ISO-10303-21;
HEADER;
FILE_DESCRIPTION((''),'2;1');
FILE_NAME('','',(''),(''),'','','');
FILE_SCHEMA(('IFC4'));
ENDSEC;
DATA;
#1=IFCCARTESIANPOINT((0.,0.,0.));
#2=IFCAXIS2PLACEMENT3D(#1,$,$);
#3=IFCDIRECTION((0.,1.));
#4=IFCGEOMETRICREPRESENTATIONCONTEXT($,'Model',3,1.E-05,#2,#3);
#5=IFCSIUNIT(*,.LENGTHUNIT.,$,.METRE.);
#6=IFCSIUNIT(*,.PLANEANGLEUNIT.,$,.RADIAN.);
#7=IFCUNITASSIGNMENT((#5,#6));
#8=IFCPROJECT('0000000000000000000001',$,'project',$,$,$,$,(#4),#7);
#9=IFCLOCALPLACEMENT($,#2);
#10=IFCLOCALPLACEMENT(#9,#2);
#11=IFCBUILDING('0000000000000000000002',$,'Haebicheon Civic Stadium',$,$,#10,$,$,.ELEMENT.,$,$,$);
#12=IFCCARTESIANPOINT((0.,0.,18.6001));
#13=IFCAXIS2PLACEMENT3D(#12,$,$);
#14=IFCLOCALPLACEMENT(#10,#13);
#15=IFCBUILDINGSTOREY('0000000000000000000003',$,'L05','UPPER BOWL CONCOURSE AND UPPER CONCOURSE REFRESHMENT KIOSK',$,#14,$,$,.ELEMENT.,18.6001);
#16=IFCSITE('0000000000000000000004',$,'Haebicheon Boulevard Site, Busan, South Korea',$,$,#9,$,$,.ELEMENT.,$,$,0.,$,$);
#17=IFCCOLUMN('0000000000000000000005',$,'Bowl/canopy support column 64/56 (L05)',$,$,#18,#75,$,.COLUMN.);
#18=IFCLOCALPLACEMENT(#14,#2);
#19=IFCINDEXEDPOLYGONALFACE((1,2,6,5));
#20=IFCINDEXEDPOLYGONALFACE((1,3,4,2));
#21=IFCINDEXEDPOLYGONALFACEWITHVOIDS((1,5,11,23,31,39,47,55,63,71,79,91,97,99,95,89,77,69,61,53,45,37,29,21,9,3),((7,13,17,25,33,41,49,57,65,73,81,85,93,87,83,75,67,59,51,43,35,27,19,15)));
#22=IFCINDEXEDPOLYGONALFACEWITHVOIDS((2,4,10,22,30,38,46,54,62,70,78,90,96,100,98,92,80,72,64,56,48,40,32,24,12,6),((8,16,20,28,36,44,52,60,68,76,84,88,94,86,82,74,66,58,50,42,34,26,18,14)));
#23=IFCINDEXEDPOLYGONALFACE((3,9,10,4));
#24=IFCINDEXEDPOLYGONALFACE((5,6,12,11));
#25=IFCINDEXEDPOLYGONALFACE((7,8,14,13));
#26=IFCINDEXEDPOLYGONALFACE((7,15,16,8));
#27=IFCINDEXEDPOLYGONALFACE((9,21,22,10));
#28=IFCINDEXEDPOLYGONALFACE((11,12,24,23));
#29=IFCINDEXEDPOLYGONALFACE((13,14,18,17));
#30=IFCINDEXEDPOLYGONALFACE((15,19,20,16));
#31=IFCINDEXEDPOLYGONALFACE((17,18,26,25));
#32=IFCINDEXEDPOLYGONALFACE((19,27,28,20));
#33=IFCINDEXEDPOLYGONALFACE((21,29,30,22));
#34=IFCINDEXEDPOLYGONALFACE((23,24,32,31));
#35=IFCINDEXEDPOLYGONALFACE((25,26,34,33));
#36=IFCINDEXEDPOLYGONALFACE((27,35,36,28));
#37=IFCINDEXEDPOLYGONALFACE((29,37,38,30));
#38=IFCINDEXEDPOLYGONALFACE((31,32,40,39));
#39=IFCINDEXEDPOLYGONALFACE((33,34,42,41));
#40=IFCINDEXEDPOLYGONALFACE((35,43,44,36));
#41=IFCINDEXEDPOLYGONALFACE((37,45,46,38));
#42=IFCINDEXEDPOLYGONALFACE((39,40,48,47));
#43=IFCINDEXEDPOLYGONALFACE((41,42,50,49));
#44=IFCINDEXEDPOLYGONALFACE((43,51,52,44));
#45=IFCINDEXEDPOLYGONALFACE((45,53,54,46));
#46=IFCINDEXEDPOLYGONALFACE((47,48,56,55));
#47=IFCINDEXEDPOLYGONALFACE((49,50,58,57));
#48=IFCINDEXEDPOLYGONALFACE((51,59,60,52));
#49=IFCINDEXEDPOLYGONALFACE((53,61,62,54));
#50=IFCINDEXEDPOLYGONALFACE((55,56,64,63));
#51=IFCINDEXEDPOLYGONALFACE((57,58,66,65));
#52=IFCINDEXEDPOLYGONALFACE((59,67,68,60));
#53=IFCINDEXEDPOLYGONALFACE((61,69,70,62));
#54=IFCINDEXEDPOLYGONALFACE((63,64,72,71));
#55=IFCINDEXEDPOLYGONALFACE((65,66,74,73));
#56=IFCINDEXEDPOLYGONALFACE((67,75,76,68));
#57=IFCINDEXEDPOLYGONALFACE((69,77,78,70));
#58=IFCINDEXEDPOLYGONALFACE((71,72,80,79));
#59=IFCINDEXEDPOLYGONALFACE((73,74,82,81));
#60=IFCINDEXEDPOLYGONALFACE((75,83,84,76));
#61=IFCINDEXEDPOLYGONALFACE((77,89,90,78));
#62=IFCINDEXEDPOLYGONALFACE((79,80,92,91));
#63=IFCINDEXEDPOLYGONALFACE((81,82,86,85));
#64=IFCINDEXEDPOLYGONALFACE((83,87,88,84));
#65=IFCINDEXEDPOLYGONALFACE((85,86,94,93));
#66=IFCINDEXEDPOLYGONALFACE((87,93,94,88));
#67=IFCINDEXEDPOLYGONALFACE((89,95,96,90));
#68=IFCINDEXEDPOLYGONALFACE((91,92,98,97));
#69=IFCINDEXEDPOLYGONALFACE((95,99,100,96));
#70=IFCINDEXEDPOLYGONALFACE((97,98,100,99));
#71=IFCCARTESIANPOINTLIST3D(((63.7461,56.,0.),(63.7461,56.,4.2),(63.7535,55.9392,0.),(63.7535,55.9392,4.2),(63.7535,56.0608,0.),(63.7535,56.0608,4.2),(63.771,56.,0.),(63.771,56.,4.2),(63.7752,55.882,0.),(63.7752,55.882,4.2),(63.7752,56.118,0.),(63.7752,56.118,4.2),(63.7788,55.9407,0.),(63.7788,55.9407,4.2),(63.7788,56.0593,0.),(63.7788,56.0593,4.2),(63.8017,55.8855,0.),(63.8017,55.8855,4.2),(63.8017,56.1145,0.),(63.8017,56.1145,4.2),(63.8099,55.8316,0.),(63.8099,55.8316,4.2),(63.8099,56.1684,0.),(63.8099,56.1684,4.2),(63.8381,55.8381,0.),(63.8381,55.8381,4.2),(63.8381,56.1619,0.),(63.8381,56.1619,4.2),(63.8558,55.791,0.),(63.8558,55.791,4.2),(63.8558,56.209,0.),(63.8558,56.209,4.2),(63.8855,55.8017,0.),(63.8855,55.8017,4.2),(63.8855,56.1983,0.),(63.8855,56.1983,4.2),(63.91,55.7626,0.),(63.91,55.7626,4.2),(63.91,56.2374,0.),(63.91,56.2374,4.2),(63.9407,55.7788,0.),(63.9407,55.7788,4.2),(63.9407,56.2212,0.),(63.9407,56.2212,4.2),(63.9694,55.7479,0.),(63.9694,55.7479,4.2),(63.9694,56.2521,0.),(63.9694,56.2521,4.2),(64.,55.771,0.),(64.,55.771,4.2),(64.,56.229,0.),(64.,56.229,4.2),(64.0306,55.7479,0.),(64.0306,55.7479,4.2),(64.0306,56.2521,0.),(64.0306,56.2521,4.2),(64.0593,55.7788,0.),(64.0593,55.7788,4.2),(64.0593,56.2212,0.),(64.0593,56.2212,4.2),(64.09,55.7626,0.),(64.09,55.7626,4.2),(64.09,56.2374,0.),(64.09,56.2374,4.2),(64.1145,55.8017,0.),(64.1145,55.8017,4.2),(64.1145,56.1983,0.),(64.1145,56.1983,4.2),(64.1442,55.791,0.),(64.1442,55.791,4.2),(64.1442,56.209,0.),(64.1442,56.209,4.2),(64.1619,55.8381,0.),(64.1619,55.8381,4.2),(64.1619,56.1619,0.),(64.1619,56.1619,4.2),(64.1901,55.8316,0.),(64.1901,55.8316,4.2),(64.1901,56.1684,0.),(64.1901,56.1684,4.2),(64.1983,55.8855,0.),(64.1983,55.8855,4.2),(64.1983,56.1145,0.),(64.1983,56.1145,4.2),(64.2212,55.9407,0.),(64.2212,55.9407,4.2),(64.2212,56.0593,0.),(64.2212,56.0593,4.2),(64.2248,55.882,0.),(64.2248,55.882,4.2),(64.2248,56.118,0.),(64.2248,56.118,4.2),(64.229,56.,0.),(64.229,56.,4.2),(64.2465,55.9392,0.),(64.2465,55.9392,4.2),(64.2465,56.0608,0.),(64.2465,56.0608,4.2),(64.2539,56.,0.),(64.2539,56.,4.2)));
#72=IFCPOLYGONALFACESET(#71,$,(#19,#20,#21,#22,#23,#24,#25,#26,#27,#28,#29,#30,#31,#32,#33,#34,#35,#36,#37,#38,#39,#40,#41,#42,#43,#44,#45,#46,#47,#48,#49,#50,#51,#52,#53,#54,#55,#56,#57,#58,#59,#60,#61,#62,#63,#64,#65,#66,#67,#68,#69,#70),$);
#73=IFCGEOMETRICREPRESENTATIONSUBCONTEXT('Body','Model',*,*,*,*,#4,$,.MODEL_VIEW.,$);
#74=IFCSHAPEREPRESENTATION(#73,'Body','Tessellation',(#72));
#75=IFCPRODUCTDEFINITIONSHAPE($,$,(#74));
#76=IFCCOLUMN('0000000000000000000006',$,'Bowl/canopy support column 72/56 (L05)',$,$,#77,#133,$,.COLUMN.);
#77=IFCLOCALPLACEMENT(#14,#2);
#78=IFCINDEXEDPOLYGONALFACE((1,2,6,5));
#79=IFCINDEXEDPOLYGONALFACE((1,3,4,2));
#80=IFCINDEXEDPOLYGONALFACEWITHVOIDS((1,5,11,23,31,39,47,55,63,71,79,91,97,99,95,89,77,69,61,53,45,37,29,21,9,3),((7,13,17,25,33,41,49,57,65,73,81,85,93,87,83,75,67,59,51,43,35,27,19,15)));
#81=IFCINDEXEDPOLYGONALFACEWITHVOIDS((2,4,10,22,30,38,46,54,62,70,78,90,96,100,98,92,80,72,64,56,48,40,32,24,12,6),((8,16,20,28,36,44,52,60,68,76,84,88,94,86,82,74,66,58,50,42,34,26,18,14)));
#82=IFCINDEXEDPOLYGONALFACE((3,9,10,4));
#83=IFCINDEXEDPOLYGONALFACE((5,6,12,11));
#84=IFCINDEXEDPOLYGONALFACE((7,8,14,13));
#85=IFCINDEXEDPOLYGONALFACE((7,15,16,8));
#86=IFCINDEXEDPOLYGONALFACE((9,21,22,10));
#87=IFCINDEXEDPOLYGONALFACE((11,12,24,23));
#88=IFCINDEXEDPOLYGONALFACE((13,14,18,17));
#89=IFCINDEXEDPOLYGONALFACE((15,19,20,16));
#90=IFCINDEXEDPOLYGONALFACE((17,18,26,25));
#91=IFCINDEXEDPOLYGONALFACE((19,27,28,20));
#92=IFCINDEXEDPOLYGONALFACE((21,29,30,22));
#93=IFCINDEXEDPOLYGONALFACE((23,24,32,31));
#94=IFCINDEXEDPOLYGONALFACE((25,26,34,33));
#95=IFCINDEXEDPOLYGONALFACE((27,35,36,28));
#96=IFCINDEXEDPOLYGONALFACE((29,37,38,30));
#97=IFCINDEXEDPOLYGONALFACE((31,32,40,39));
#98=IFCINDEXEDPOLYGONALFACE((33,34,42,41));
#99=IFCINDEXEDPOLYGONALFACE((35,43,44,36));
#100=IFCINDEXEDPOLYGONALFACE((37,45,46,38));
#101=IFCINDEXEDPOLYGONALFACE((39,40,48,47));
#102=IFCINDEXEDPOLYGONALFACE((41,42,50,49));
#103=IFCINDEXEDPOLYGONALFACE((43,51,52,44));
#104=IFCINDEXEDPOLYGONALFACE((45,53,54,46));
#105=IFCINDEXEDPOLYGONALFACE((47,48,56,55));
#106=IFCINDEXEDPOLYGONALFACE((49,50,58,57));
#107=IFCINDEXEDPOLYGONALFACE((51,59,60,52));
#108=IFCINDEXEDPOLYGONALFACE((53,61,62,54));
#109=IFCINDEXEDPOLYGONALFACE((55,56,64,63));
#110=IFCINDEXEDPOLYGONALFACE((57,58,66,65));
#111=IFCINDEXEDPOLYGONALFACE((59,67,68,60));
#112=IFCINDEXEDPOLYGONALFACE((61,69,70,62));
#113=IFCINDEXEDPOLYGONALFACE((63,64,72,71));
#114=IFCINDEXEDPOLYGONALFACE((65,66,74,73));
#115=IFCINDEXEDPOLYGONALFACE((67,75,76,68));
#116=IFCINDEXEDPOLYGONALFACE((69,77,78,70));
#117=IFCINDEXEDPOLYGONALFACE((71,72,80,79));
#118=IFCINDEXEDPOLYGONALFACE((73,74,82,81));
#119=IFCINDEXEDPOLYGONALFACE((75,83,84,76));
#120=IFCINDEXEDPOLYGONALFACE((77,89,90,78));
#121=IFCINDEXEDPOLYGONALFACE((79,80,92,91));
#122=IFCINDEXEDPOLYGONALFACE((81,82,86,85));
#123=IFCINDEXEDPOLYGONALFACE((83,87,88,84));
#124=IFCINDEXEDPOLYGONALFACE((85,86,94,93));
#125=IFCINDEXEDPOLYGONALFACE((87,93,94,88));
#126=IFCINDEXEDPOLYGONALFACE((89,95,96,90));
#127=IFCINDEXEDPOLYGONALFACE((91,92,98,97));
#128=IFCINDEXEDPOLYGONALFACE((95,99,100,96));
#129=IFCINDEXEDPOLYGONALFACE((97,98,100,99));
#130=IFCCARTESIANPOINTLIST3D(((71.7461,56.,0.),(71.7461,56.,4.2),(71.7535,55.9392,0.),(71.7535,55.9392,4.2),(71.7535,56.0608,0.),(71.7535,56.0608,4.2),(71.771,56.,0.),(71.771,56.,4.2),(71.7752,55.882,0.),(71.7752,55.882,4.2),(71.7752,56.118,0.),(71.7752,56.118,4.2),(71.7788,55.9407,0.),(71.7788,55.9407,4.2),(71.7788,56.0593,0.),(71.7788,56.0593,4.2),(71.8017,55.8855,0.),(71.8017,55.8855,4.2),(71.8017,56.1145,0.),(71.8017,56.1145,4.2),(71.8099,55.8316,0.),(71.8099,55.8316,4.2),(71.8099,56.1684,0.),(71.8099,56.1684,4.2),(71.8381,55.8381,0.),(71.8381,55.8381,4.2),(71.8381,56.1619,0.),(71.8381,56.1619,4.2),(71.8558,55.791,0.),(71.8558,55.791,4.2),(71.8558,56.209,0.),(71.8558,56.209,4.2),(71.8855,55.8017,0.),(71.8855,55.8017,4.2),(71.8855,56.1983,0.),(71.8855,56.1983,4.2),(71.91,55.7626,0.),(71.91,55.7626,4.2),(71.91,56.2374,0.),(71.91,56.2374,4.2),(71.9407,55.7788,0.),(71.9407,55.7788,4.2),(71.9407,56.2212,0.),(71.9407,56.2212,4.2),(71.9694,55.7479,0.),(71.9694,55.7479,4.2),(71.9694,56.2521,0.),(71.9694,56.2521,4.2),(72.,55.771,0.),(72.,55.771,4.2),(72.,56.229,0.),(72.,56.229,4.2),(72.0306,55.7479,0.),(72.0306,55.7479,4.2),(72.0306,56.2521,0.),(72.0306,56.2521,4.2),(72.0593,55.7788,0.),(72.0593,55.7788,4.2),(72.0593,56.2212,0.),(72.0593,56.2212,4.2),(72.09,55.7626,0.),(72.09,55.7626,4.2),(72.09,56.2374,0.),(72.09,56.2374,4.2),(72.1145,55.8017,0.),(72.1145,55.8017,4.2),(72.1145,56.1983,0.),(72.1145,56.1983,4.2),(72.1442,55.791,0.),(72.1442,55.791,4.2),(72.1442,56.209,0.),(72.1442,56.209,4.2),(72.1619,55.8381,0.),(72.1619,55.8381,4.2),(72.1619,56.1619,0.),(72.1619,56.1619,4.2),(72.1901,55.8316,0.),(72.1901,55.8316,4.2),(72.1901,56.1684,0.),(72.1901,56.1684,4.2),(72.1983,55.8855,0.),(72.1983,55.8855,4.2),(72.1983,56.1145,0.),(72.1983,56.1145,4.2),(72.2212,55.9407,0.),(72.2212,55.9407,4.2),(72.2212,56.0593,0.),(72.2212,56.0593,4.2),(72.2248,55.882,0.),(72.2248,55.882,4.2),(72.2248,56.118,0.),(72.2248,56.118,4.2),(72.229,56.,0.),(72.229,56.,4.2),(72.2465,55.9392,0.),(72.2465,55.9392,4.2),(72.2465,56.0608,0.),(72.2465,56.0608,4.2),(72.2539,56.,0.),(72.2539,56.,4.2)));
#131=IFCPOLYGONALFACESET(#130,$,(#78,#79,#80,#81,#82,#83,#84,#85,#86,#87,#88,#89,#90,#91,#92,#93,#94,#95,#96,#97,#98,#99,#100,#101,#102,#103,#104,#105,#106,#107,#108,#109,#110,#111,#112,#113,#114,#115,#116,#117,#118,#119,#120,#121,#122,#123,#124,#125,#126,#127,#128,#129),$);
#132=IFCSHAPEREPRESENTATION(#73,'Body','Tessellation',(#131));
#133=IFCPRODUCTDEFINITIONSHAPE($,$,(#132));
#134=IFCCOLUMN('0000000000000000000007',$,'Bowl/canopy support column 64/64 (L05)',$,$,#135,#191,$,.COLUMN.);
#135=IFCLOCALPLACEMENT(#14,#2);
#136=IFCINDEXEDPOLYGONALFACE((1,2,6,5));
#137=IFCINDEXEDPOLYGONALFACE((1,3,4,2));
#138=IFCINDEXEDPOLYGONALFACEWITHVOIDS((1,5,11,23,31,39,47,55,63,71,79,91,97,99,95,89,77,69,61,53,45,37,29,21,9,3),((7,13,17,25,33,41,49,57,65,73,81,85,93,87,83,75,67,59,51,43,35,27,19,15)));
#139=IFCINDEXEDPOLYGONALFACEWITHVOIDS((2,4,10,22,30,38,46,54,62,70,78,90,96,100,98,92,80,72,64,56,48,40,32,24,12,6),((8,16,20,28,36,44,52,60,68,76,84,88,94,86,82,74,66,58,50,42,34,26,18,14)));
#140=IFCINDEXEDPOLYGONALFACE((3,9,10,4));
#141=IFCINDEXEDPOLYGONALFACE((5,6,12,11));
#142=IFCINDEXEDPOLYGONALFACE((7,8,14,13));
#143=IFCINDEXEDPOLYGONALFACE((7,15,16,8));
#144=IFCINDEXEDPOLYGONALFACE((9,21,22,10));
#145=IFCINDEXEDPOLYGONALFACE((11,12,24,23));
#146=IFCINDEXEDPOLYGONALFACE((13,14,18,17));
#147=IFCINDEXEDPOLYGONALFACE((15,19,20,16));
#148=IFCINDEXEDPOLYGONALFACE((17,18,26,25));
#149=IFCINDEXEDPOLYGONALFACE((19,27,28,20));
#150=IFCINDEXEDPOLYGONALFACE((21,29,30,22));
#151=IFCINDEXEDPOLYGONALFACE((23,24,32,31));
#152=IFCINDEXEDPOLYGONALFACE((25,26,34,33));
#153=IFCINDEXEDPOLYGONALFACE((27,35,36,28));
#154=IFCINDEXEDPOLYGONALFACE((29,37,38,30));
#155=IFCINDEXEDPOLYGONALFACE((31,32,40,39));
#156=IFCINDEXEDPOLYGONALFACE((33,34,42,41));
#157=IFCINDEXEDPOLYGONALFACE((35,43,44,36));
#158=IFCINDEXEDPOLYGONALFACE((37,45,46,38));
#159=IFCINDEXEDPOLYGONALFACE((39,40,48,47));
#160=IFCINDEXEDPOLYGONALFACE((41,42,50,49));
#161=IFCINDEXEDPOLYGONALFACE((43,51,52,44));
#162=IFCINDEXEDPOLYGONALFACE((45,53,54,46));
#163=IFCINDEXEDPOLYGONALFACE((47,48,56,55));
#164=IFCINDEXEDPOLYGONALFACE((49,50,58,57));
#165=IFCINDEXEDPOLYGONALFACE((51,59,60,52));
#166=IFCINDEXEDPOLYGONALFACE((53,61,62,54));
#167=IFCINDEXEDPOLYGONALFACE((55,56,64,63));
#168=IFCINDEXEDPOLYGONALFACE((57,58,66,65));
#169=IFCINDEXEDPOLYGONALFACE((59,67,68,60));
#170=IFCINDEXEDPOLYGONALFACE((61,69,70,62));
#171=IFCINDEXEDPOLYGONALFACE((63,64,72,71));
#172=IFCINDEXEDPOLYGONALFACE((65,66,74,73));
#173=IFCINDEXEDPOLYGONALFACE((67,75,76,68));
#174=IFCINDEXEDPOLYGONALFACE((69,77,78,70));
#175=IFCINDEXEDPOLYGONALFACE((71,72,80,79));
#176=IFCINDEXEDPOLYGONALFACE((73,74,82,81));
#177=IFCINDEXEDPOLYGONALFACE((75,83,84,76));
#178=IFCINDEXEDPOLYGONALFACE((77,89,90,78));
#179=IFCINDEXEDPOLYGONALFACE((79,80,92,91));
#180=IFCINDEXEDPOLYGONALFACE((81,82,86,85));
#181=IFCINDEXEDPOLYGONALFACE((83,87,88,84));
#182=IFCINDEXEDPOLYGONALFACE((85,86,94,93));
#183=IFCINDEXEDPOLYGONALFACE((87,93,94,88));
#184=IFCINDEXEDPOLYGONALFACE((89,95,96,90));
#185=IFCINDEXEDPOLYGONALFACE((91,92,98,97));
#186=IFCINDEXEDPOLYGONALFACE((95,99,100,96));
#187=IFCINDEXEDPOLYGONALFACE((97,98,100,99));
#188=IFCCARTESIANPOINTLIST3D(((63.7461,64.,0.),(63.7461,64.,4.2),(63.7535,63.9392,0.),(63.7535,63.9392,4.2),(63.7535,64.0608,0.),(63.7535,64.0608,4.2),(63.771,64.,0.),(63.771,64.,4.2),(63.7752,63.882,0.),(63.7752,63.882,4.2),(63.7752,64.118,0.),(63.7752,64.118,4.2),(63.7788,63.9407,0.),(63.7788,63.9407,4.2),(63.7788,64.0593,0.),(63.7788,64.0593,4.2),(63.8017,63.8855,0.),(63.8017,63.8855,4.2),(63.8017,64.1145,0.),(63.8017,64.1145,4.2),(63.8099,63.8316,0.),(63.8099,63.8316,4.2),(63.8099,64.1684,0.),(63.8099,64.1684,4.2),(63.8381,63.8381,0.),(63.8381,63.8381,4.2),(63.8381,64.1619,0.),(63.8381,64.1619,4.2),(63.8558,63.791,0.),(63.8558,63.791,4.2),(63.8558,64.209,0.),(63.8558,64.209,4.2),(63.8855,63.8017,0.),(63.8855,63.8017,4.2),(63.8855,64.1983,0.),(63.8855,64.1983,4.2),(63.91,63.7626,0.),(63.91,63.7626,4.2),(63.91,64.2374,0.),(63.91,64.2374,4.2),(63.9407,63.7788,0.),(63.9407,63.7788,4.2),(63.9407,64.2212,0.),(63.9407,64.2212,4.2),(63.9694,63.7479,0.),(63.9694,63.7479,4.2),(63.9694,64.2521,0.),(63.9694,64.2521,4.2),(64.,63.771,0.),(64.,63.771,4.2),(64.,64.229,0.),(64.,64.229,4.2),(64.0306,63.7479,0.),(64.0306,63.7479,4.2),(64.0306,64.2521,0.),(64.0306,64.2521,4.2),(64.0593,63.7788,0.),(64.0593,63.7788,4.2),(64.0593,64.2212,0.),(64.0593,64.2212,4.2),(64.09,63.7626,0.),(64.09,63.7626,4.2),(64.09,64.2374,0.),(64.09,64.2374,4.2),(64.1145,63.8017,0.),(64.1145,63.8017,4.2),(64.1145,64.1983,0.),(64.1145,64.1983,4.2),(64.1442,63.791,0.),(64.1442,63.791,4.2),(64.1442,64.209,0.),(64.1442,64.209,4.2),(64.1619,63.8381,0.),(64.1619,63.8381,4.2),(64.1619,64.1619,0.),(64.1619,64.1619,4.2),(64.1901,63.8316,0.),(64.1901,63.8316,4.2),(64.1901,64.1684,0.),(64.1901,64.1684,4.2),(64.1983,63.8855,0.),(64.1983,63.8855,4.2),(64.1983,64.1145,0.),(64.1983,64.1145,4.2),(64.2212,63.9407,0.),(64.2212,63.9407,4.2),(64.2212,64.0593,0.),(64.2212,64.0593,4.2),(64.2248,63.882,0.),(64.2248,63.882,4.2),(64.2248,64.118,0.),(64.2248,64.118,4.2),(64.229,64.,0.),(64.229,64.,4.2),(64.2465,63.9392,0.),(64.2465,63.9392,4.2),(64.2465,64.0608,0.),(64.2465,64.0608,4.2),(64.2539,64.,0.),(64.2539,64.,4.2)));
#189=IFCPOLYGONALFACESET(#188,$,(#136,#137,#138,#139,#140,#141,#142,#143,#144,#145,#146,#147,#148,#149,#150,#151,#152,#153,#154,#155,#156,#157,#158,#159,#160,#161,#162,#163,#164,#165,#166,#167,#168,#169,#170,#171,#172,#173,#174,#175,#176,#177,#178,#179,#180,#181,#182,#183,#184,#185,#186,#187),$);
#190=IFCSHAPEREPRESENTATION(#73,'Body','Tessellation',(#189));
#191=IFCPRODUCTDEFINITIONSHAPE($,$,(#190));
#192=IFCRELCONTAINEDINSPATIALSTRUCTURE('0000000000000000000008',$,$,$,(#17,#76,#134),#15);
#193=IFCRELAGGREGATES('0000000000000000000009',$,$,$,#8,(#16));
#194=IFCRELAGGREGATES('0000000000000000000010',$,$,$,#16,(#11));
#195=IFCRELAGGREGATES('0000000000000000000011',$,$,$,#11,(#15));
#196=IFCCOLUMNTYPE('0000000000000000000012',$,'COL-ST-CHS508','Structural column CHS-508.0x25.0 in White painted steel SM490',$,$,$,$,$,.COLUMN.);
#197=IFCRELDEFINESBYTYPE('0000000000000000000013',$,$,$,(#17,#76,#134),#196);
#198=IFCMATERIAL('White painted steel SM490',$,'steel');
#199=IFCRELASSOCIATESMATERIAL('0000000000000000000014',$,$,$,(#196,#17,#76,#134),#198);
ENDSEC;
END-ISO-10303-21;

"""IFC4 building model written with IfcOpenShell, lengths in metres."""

from ifc_helpers import new_model, si_unit, direction, frame, origin, origin_2d, place, context, subcontext, project, spatial, hollow_circle, extrude, material, material_profile, profile_set, type_object, element, save


model = new_model("IFC4")

# Units and contexts
model_context = context("Model", 3, precision=1e-05, world=origin(), true_north=direction((0.0, 1.0)))
body_context = subcontext(model_context, "Body", "Model", "MODEL_VIEW")
ifc_project = project(units=[si_unit("LENGTHUNIT", "METRE"), si_unit("PLANEANGLEUNIT", "RADIAN")], contexts=[model_context])

# Site, building, storey
site_placement = place(None, origin())
site = spatial("IfcSite", under=ifc_project, at=site_placement, Name="Haebicheon Boulevard Site, Busan, South Korea", CompositionType="ELEMENT", RefElevation=0.0)
building_placement = place(site_placement, origin())
building = spatial("IfcBuilding", under=site, at=building_placement, Name="Haebicheon Civic Stadium", CompositionType="ELEMENT")
storey_placement = place(building_placement, frame((0.0, 0.0, 18.6001)))
storey = spatial("IfcBuildingStorey", under=building, at=storey_placement, Name="L05", Description="UPPER BOWL CONCOURSE AND UPPER CONCOURSE REFRESHMENT KIOSK", CompositionType="ELEMENT", Elevation=18.6001)

# Columns
ifc_material_1 = material(Name="White painted steel SM490", Category="steel")
ifc_material_profile_1 = material_profile(ifc_material_1, hollow_circle(Radius=0.2539, WallThickness=0.0249, at=origin_2d()), Name="CHS-508.0x25.0")
ifc_profile_set_1 = profile_set([ifc_material_profile_1], Name="White painted steel SM490")
column_type_1 = type_object("IfcColumnType", Name="COL-ST-CHS508", Description="Structural column CHS-508.0x25.0 in White painted steel SM490", PredefinedType="COLUMN", material=ifc_profile_set_1)
for number, where, z_axis, x_axis, name in (
    (1, (64.0, 56.0, 0.0), (0.0, 0.0, 1.0), (1.0, 0.0, 0.0), "Bowl/canopy support column 64/56 (L05)"),
    (2, (72.0, 56.0, 0.0), (0.0, 0.0, 1.0), (1.0, 0.0, 0.0), "Bowl/canopy support column 72/56 (L05)"),
    (3, (64.0, 64.0, 0.0), (0.0, 0.0, 1.0), (1.0, 0.0, 0.0), "Bowl/canopy support column 64/64 (L05)"),
):
    element("IfcColumn", number, at=place(storey_placement, frame(where, z_axis=z_axis, x_axis=x_axis)), inside=storey, type_object=column_type_1, material=ifc_profile_set_1, Name=name, PredefinedType="COLUMN", context=body_context, shape_type="SweptSolid", body=[
        extrude(hollow_circle(Radius=0.2539, WallThickness=0.0249, at=origin_2d()), origin(), (0.0, 0.0, 1.0), 4.2),
    ])

save(model, "model.ifc")
